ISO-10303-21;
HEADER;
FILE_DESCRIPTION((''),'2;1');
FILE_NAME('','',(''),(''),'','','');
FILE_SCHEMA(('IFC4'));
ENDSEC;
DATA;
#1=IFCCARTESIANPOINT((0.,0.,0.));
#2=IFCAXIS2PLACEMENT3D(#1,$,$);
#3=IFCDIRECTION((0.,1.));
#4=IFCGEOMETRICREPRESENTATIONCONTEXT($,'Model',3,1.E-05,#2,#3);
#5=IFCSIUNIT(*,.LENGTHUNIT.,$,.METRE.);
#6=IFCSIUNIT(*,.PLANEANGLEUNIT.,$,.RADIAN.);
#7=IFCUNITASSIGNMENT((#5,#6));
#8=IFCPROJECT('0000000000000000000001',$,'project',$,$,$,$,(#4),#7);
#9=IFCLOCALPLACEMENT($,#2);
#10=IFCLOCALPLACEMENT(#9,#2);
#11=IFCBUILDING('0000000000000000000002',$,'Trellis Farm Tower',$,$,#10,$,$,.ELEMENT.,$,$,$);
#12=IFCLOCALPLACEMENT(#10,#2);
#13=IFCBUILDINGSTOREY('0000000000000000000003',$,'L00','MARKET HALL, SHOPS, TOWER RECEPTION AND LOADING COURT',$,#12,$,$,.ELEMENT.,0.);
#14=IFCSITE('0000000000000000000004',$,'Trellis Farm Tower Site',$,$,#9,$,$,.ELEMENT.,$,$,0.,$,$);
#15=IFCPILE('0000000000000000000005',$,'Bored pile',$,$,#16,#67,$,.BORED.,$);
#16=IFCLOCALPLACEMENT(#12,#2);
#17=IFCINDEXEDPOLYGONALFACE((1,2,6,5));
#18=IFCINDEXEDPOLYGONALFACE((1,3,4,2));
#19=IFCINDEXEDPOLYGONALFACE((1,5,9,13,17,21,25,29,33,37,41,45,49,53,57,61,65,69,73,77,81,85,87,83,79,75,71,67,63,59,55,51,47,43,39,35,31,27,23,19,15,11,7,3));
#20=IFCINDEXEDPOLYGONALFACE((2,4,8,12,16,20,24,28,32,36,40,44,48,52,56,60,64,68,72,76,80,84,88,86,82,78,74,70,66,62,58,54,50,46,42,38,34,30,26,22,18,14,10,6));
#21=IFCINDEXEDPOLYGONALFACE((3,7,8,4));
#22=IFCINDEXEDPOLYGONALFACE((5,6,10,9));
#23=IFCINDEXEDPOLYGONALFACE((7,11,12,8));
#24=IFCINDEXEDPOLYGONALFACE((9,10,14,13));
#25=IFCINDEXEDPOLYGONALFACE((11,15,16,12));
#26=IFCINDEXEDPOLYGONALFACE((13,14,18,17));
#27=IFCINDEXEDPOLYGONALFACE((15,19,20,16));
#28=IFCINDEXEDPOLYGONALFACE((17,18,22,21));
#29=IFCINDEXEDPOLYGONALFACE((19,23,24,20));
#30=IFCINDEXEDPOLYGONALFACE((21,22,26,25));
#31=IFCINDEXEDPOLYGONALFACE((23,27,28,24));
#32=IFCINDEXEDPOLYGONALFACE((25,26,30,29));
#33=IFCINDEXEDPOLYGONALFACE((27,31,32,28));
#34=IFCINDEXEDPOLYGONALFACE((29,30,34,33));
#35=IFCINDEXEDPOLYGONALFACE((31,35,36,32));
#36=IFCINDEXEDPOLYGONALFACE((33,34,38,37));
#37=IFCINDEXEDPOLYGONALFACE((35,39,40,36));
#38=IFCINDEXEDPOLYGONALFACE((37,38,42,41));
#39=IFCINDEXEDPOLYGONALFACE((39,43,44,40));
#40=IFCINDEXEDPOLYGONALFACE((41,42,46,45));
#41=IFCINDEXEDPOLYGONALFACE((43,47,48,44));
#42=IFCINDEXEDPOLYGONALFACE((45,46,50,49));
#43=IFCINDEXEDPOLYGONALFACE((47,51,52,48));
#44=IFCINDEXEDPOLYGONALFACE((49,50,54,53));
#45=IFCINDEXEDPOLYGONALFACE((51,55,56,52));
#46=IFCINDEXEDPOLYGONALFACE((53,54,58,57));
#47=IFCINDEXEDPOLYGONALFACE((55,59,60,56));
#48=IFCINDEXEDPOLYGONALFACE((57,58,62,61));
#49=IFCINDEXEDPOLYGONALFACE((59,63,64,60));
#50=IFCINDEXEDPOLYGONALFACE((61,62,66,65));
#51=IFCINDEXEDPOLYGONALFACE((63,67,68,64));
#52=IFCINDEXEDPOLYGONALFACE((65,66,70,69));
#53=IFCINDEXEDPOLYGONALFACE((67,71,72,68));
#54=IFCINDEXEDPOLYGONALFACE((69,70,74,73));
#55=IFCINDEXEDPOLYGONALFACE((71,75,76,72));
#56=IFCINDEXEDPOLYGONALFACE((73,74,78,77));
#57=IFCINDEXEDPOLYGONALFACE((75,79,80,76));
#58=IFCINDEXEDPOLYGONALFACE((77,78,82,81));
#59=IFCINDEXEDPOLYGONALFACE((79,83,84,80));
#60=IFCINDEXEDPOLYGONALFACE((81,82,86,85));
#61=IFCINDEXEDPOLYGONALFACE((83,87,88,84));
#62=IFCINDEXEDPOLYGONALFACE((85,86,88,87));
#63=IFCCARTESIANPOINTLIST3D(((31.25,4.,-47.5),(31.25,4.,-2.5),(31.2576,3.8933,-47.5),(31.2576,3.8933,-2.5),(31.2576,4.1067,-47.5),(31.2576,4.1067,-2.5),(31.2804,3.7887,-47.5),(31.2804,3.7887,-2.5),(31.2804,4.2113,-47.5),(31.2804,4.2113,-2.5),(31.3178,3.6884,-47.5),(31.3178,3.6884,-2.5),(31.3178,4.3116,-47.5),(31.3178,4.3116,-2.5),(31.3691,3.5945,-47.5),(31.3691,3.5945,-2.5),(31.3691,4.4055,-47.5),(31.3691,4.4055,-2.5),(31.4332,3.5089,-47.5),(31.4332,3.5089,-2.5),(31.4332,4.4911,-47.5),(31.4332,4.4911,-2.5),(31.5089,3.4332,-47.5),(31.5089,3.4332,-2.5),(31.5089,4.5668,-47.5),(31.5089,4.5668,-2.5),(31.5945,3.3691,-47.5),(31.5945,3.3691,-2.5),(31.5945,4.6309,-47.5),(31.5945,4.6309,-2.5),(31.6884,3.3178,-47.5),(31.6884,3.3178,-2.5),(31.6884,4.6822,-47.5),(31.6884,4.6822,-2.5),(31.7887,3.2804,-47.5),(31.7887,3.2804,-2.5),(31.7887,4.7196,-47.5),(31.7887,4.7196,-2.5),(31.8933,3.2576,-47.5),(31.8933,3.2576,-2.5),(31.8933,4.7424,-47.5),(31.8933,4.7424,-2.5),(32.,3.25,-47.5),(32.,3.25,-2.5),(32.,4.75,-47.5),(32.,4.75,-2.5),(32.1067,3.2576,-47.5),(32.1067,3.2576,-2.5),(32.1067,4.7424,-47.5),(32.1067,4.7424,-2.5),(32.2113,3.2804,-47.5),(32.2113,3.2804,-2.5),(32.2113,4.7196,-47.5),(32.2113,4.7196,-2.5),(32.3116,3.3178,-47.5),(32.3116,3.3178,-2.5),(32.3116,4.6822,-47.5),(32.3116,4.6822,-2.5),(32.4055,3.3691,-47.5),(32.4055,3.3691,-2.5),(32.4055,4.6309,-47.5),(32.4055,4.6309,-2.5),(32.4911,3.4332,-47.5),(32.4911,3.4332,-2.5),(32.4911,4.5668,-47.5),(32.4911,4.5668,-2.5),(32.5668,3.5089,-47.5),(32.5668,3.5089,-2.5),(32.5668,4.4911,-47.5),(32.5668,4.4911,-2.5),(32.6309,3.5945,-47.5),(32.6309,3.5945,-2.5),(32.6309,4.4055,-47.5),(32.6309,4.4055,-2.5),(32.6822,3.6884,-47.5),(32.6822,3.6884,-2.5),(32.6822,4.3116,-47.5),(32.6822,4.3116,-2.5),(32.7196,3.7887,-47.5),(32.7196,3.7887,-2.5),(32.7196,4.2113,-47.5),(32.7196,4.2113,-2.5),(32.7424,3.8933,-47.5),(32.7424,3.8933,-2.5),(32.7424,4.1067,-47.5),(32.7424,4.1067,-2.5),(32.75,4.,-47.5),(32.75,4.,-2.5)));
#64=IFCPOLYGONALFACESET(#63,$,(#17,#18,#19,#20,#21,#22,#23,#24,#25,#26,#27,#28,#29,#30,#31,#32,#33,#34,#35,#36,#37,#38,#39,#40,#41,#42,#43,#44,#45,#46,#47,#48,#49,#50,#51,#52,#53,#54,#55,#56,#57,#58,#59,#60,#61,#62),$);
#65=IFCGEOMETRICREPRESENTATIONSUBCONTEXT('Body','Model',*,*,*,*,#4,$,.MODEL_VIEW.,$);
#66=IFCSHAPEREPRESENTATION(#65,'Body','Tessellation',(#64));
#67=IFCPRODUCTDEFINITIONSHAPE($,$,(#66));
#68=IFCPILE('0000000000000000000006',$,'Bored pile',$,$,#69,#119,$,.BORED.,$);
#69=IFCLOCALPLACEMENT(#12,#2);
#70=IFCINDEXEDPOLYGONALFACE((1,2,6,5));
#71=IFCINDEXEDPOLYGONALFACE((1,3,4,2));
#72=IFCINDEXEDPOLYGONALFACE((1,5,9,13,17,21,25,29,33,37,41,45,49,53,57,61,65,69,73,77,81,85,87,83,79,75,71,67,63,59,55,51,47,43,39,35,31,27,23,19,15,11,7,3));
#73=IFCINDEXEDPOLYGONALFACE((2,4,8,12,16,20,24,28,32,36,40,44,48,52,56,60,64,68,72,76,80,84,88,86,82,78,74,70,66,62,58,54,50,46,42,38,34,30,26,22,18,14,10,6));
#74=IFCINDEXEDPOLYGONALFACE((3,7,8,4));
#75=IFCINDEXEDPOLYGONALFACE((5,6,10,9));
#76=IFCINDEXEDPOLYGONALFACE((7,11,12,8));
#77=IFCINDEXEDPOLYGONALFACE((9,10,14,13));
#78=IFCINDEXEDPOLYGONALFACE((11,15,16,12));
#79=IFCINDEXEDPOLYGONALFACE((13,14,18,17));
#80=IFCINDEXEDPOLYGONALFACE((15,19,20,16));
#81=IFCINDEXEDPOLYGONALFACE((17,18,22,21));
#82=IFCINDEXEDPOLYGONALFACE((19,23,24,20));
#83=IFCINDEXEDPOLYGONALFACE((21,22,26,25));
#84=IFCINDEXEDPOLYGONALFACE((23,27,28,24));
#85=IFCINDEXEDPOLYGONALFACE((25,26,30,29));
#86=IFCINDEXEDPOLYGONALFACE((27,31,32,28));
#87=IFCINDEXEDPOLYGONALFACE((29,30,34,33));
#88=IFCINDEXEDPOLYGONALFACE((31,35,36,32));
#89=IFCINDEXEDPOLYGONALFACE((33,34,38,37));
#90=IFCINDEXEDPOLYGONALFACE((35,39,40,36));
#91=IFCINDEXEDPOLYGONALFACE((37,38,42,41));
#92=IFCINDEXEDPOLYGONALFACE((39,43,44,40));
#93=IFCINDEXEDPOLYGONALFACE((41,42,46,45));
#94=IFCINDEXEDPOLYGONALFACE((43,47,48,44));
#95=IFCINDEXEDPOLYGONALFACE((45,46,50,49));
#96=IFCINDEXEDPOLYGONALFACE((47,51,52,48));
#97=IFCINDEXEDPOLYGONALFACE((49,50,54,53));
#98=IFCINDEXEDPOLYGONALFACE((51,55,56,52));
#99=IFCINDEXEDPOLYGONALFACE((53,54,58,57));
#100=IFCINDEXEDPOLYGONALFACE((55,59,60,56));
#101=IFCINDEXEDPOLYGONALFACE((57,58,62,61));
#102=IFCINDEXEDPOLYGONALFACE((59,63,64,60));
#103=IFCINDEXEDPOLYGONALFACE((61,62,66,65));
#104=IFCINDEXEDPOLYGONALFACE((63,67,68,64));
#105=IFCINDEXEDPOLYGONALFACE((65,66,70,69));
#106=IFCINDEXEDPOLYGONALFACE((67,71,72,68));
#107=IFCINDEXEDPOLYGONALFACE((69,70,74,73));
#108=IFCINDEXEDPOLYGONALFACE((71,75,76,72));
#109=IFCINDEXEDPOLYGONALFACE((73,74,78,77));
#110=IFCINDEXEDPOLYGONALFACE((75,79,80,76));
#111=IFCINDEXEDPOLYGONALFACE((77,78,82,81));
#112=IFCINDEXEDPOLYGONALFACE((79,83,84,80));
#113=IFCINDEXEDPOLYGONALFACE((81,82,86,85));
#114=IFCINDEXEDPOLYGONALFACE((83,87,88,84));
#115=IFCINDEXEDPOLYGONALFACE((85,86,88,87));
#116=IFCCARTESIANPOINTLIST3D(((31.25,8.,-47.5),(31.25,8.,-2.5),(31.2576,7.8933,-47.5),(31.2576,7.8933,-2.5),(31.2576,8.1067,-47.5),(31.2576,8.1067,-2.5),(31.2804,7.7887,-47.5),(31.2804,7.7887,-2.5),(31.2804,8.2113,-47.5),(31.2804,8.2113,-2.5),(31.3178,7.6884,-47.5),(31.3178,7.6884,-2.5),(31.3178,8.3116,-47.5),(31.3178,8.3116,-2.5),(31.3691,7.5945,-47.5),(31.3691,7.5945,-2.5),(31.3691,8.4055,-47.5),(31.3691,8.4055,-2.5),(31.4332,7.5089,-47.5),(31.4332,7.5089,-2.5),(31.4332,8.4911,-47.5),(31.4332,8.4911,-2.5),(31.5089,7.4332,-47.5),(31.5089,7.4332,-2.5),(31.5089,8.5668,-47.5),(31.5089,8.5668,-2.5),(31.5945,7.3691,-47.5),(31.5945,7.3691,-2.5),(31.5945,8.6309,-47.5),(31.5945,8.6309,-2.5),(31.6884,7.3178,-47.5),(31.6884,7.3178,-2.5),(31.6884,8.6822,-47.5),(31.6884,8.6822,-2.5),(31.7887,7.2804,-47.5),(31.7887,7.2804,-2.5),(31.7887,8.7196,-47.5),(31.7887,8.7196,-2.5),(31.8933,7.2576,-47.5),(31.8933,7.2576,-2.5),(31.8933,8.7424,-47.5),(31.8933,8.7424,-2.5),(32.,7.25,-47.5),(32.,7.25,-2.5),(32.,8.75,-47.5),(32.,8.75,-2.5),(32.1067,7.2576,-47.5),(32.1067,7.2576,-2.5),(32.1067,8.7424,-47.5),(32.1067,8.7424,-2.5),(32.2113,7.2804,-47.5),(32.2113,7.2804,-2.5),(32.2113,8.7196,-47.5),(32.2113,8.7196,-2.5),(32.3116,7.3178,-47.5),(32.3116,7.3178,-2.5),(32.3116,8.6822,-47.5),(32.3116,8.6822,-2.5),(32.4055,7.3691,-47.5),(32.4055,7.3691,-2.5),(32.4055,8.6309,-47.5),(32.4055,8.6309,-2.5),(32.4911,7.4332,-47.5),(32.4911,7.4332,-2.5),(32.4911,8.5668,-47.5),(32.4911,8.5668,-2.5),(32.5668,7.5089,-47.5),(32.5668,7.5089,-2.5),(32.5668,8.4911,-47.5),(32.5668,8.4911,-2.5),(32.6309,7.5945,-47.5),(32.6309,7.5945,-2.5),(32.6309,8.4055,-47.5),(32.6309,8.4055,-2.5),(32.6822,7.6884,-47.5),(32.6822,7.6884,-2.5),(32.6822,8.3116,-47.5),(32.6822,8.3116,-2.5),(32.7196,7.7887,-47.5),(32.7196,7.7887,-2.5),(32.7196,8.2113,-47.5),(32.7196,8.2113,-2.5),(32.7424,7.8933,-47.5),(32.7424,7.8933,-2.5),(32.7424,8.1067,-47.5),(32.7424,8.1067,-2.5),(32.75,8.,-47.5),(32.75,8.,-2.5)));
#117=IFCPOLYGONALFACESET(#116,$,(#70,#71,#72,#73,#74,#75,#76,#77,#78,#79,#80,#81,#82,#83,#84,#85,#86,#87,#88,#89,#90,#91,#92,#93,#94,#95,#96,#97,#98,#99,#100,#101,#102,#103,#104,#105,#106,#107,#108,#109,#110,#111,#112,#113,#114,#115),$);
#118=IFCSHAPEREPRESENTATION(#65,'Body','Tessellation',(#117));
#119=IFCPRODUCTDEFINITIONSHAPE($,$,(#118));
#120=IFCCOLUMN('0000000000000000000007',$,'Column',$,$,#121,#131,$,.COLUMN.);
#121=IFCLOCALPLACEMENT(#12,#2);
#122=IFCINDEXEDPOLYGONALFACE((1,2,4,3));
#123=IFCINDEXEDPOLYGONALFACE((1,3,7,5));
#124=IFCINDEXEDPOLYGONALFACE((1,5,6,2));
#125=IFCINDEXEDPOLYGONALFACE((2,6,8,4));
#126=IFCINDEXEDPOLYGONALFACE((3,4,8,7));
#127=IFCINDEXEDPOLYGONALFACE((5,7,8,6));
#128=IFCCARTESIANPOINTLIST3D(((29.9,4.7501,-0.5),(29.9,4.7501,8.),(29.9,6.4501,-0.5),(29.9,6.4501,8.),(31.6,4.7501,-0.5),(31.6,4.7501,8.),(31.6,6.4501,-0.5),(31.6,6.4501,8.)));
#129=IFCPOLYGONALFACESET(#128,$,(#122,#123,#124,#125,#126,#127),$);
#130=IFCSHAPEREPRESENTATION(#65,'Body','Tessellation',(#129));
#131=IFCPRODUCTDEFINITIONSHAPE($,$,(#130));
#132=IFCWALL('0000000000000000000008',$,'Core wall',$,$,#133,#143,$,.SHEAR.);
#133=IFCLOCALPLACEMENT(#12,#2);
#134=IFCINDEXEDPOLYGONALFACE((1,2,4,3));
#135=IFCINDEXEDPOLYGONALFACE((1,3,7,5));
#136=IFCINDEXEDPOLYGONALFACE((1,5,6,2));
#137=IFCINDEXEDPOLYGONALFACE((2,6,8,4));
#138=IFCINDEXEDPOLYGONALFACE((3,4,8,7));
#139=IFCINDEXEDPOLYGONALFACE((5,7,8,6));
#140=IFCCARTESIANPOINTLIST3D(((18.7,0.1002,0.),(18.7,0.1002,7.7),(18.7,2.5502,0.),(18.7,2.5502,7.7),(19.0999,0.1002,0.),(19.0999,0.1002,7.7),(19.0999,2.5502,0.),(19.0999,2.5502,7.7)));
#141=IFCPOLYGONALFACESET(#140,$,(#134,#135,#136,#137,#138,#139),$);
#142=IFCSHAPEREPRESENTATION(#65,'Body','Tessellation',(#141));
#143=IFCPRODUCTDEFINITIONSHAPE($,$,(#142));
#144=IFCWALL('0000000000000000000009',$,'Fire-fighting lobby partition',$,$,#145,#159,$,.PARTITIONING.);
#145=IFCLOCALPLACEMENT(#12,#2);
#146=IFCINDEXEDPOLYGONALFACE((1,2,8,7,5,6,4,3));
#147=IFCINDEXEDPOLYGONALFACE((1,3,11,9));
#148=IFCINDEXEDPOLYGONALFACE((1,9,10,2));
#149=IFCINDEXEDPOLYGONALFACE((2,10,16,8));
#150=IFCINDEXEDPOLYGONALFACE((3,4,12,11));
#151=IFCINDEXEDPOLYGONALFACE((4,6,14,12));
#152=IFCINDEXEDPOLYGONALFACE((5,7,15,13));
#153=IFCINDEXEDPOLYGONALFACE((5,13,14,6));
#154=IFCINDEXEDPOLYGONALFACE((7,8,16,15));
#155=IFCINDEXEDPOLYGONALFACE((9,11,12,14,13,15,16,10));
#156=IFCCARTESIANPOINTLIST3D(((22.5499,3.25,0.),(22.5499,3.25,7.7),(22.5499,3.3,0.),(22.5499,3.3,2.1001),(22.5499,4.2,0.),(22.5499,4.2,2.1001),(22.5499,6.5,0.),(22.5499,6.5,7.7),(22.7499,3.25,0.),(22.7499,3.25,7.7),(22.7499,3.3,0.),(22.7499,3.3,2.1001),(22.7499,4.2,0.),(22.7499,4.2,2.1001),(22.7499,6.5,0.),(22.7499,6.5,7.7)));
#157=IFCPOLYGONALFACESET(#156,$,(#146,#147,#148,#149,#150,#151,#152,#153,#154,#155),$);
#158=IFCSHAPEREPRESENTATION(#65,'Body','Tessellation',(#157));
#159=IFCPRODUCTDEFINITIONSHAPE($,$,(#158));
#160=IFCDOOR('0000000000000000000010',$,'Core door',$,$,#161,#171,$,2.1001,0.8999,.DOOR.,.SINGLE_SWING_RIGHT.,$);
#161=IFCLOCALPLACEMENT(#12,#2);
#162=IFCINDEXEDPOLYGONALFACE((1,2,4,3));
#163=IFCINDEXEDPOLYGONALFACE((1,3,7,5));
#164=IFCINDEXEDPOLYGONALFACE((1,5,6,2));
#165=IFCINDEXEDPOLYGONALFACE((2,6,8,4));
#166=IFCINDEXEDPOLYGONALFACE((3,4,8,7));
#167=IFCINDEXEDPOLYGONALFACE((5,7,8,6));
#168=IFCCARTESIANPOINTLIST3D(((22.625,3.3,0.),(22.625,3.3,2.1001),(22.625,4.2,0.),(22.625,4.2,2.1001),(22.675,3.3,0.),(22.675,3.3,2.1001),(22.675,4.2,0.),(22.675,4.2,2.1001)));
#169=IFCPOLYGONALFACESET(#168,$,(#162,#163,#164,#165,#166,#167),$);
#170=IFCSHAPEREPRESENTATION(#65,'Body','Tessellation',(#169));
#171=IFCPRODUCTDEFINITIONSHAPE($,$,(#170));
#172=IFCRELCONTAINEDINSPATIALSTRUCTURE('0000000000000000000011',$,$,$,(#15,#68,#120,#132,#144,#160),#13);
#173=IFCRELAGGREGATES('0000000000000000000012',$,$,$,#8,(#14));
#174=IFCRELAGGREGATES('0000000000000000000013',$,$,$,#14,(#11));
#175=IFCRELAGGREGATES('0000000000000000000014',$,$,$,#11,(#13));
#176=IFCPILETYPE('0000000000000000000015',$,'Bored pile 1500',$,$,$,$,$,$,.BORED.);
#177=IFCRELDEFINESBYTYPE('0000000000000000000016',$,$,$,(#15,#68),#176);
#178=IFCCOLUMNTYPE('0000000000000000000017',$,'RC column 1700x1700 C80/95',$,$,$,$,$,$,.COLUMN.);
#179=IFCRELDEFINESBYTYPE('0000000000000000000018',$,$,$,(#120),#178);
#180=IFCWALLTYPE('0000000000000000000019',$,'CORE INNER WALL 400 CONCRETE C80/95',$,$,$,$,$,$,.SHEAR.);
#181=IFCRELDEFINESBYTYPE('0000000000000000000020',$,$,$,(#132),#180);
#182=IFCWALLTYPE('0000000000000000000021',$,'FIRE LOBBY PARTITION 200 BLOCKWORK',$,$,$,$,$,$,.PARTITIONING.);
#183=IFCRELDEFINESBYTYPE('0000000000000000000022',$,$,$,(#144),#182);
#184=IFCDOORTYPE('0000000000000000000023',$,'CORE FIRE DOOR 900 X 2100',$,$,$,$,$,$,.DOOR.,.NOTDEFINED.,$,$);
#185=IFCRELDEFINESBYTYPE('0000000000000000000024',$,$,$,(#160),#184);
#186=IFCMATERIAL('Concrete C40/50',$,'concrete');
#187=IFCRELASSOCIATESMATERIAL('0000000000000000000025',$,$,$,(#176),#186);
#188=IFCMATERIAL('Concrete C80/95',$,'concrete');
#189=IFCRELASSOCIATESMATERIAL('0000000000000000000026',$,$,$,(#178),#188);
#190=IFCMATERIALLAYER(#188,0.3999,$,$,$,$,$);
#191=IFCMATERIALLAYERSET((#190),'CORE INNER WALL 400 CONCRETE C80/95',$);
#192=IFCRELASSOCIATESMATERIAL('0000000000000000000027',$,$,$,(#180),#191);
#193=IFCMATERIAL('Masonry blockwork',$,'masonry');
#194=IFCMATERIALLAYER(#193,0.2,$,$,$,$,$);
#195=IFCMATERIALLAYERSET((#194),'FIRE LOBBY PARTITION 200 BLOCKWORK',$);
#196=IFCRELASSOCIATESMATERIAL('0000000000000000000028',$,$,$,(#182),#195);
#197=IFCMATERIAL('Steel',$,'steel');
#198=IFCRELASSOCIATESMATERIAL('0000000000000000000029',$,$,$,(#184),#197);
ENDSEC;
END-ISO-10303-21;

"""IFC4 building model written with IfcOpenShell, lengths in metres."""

from ifc_helpers import new_model, si_unit, direction, frame, frame_2d, origin, origin_2d, place, context, subcontext, project, spatial, rectangle, circle, extrude, source, transform, mapped, material, layer, layer_set, material_profile, profile_set, type_object, element, fill, save


model = new_model("IFC4")

# Units and contexts
model_context = context("Model", 3, precision=1e-05, world=origin(), true_north=direction((0.0, 1.0)))
body_context = subcontext(model_context, "Body", "Model", "MODEL_VIEW")
ifc_project = project(units=[si_unit("LENGTHUNIT", "METRE"), si_unit("PLANEANGLEUNIT", "RADIAN")], contexts=[model_context])

# Site, building, storey
site_placement = place(None, origin())
site = spatial("IfcSite", under=ifc_project, at=site_placement, Name="Trellis Farm Tower Site", CompositionType="ELEMENT", RefElevation=0.0)
building_placement = place(site_placement, origin())
building = spatial("IfcBuilding", under=site, at=building_placement, Name="Trellis Farm Tower", CompositionType="ELEMENT")
storey_placement = place(building_placement, origin())
storey = spatial("IfcBuildingStorey", under=building, at=storey_placement, Name="L00", Description="MARKET HALL, SHOPS, TOWER RECEPTION AND LOADING COURT", CompositionType="ELEMENT", Elevation=0.0)

# Piles
ifc_material_1 = material(Name="Concrete C40/50", Category="concrete")
ifc_material_profile_1 = material_profile(ifc_material_1, circle(Radius=0.75, at=origin_2d()), Name="Bored pile 1500")
ifc_profile_set_1 = profile_set([ifc_material_profile_1], Name="Concrete C40/50")
pile_type = type_object("IfcPileType", Name="Bored pile 1500", PredefinedType="BORED", material=ifc_profile_set_1)
shared_shape_1 = source(origin(), body_context, "Body", "SweptSolid", [
    extrude(circle(Radius=0.75, at=origin_2d()), origin(), (0.0, 0.0, 1.0), 45.0),
])
for number, where, z_axis, x_axis, name in (
    (1, (32.0, 4.0, -2.5), (0.0, 0.0, -1.0), (1.0, 0.0, 0.0), "Bored pile"),
    (2, (32.0, 8.0, -2.5), (0.0, 0.0, -1.0), (1.0, 0.0, 0.0), "Bored pile"),
):
    element("IfcPile", number, at=place(storey_placement, frame(where, z_axis=z_axis, x_axis=x_axis)), inside=storey, type_object=pile_type, Name=name, PredefinedType="BORED", context=body_context, shape_type="MappedRepresentation", body=[
        mapped(shared_shape_1, transform((0.0, 0.0, 0.0))),
    ])

# Column
ifc_material_2 = material(Name="Concrete C80/95", Category="concrete")
ifc_material_profile_2 = material_profile(ifc_material_2, rectangle(XDim=1.7, YDim=1.7, at=origin_2d()), Name="RC column 1700x1700 C80/95")
ifc_profile_set_2 = profile_set([ifc_material_profile_2], Name="Concrete C80/95")
column_type = type_object("IfcColumnType", Name="RC column 1700x1700 C80/95", PredefinedType="COLUMN", material=ifc_profile_set_2)
shared_shape_2 = source(origin(), body_context, "Body", "SweptSolid", [
    extrude(rectangle(XDim=1.7, YDim=1.7, at=origin_2d()), origin(), (0.0, 0.0, 1.0), 8.5),
])
column_placement = place(storey_placement, frame((30.75, 5.6001, -0.5), z_axis=(0.0, 0.0, 1.0), x_axis=(1.0, 0.0, 0.0)))
element("IfcColumn", 3, at=column_placement, inside=storey, type_object=column_type, Name="Column", PredefinedType="COLUMN", context=body_context, shape_type="MappedRepresentation", body=[
    mapped(shared_shape_2, transform((0.0, 0.0, 0.0))),
])

# Wall
ifc_layer_1 = layer(ifc_material_2, 0.3999)
ifc_layer_set_1 = layer_set([ifc_layer_1], Name="CORE INNER WALL 400 CONCRETE C80/95")
wall_type_1 = type_object("IfcWallType", Name="CORE INNER WALL 400 CONCRETE C80/95", PredefinedType="SHEAR", material=ifc_layer_set_1)
shared_shape_3 = source(origin(), body_context, "Body", "SweptSolid", [
    extrude(rectangle(XDim=2.45, YDim=0.3999, at=frame_2d((1.2251, 0.0))), origin(), (0.0, 0.0, 1.0), 7.7),
])
wall_1_placement = place(storey_placement, frame((18.8999, 0.1001, 0.0), z_axis=(0.0, 0.0, 1.0), x_axis=(0.0, 1.0, 0.0)))
element("IfcWall", 4, at=wall_1_placement, inside=storey, type_object=wall_type_1, Name="Core wall", PredefinedType="SHEAR", context=body_context, shape_type="MappedRepresentation", body=[
    mapped(shared_shape_3, transform((0.0, 0.0, 0.0))),
])

# Wall, opening, door
ifc_material_3 = material(Name="Masonry blockwork", Category="masonry")
ifc_layer_2 = layer(ifc_material_3, 0.2)
ifc_layer_set_2 = layer_set([ifc_layer_2], Name="FIRE LOBBY PARTITION 200 BLOCKWORK")
wall_type_2 = type_object("IfcWallType", Name="FIRE LOBBY PARTITION 200 BLOCKWORK", PredefinedType="PARTITIONING", material=ifc_layer_set_2)
shared_shape_4 = source(origin(), body_context, "Body", "SweptSolid", [
    extrude(rectangle(XDim=3.25, YDim=0.2, at=frame_2d((1.625, 0.0))), origin(), (0.0, 0.0, 1.0), 7.7),
])
wall_2_placement = place(storey_placement, frame((22.6499, 3.25, 0.0), z_axis=(0.0, 0.0, 1.0), x_axis=(0.0, 1.0, 0.0)))
wall_2 = element("IfcWall", 5, at=wall_2_placement, inside=storey, type_object=wall_type_2, Name="Fire-fighting lobby partition", PredefinedType="PARTITIONING", context=body_context, shape_type="MappedRepresentation", body=[
    mapped(shared_shape_4, transform((0.0, 0.0, 0.0))),
])
shared_shape_5 = source(origin(), body_context, "Body", "SweptSolid", [
    extrude(rectangle(XDim=0.8999, YDim=2.1001, at=frame_2d((0.45, 1.05))), frame((0.0, 0.1101, 0.0), z_axis=(0.0, -1.0, 0.0), x_axis=(1.0, 0.0, 0.0)), (0.0, 0.0, 1.0), 0.2202),
])
opening_1_placement = place(wall_2_placement, frame((0.05, 0.0, 0.0)))
opening_1 = element("IfcOpeningElement", 6, at=opening_1_placement, cuts=wall_2, PredefinedType="OPENING", context=body_context, shape_type="MappedRepresentation", body=[
    mapped(shared_shape_5, transform((0.0, 0.0, 0.0))),
])
ifc_material_4 = material(Name="Steel", Category="steel")
door_type_1 = type_object("IfcDoorType", Name="CORE FIRE DOOR 900 X 2100", OperationType="NOTDEFINED", PredefinedType="DOOR", material=ifc_material_4)
shared_shape_6 = source(origin(), body_context, "Body", "SweptSolid", [
    extrude(rectangle(XDim=0.8999, YDim=2.1001, at=frame_2d((0.45, 1.05))), frame((0.0, 0.0249, 0.0), z_axis=(0.0, -1.0, 0.0), x_axis=(1.0, 0.0, 0.0)), (0.0, 0.0, 1.0), 0.05),
])
door_1_placement = place(opening_1_placement, origin())
door_1 = element("IfcDoor", 7, at=door_1_placement, inside=storey, type_object=door_type_1, Name="Core door", OperationType="SINGLE_SWING_RIGHT", OverallHeight=2.1001, OverallWidth=0.8999, PredefinedType="DOOR", context=body_context, shape_type="MappedRepresentation", body=[
    mapped(shared_shape_6, transform((0.0, 0.0, 0.0))),
])
fill(opening_1, door_1)

save(model, "model.ifc")
